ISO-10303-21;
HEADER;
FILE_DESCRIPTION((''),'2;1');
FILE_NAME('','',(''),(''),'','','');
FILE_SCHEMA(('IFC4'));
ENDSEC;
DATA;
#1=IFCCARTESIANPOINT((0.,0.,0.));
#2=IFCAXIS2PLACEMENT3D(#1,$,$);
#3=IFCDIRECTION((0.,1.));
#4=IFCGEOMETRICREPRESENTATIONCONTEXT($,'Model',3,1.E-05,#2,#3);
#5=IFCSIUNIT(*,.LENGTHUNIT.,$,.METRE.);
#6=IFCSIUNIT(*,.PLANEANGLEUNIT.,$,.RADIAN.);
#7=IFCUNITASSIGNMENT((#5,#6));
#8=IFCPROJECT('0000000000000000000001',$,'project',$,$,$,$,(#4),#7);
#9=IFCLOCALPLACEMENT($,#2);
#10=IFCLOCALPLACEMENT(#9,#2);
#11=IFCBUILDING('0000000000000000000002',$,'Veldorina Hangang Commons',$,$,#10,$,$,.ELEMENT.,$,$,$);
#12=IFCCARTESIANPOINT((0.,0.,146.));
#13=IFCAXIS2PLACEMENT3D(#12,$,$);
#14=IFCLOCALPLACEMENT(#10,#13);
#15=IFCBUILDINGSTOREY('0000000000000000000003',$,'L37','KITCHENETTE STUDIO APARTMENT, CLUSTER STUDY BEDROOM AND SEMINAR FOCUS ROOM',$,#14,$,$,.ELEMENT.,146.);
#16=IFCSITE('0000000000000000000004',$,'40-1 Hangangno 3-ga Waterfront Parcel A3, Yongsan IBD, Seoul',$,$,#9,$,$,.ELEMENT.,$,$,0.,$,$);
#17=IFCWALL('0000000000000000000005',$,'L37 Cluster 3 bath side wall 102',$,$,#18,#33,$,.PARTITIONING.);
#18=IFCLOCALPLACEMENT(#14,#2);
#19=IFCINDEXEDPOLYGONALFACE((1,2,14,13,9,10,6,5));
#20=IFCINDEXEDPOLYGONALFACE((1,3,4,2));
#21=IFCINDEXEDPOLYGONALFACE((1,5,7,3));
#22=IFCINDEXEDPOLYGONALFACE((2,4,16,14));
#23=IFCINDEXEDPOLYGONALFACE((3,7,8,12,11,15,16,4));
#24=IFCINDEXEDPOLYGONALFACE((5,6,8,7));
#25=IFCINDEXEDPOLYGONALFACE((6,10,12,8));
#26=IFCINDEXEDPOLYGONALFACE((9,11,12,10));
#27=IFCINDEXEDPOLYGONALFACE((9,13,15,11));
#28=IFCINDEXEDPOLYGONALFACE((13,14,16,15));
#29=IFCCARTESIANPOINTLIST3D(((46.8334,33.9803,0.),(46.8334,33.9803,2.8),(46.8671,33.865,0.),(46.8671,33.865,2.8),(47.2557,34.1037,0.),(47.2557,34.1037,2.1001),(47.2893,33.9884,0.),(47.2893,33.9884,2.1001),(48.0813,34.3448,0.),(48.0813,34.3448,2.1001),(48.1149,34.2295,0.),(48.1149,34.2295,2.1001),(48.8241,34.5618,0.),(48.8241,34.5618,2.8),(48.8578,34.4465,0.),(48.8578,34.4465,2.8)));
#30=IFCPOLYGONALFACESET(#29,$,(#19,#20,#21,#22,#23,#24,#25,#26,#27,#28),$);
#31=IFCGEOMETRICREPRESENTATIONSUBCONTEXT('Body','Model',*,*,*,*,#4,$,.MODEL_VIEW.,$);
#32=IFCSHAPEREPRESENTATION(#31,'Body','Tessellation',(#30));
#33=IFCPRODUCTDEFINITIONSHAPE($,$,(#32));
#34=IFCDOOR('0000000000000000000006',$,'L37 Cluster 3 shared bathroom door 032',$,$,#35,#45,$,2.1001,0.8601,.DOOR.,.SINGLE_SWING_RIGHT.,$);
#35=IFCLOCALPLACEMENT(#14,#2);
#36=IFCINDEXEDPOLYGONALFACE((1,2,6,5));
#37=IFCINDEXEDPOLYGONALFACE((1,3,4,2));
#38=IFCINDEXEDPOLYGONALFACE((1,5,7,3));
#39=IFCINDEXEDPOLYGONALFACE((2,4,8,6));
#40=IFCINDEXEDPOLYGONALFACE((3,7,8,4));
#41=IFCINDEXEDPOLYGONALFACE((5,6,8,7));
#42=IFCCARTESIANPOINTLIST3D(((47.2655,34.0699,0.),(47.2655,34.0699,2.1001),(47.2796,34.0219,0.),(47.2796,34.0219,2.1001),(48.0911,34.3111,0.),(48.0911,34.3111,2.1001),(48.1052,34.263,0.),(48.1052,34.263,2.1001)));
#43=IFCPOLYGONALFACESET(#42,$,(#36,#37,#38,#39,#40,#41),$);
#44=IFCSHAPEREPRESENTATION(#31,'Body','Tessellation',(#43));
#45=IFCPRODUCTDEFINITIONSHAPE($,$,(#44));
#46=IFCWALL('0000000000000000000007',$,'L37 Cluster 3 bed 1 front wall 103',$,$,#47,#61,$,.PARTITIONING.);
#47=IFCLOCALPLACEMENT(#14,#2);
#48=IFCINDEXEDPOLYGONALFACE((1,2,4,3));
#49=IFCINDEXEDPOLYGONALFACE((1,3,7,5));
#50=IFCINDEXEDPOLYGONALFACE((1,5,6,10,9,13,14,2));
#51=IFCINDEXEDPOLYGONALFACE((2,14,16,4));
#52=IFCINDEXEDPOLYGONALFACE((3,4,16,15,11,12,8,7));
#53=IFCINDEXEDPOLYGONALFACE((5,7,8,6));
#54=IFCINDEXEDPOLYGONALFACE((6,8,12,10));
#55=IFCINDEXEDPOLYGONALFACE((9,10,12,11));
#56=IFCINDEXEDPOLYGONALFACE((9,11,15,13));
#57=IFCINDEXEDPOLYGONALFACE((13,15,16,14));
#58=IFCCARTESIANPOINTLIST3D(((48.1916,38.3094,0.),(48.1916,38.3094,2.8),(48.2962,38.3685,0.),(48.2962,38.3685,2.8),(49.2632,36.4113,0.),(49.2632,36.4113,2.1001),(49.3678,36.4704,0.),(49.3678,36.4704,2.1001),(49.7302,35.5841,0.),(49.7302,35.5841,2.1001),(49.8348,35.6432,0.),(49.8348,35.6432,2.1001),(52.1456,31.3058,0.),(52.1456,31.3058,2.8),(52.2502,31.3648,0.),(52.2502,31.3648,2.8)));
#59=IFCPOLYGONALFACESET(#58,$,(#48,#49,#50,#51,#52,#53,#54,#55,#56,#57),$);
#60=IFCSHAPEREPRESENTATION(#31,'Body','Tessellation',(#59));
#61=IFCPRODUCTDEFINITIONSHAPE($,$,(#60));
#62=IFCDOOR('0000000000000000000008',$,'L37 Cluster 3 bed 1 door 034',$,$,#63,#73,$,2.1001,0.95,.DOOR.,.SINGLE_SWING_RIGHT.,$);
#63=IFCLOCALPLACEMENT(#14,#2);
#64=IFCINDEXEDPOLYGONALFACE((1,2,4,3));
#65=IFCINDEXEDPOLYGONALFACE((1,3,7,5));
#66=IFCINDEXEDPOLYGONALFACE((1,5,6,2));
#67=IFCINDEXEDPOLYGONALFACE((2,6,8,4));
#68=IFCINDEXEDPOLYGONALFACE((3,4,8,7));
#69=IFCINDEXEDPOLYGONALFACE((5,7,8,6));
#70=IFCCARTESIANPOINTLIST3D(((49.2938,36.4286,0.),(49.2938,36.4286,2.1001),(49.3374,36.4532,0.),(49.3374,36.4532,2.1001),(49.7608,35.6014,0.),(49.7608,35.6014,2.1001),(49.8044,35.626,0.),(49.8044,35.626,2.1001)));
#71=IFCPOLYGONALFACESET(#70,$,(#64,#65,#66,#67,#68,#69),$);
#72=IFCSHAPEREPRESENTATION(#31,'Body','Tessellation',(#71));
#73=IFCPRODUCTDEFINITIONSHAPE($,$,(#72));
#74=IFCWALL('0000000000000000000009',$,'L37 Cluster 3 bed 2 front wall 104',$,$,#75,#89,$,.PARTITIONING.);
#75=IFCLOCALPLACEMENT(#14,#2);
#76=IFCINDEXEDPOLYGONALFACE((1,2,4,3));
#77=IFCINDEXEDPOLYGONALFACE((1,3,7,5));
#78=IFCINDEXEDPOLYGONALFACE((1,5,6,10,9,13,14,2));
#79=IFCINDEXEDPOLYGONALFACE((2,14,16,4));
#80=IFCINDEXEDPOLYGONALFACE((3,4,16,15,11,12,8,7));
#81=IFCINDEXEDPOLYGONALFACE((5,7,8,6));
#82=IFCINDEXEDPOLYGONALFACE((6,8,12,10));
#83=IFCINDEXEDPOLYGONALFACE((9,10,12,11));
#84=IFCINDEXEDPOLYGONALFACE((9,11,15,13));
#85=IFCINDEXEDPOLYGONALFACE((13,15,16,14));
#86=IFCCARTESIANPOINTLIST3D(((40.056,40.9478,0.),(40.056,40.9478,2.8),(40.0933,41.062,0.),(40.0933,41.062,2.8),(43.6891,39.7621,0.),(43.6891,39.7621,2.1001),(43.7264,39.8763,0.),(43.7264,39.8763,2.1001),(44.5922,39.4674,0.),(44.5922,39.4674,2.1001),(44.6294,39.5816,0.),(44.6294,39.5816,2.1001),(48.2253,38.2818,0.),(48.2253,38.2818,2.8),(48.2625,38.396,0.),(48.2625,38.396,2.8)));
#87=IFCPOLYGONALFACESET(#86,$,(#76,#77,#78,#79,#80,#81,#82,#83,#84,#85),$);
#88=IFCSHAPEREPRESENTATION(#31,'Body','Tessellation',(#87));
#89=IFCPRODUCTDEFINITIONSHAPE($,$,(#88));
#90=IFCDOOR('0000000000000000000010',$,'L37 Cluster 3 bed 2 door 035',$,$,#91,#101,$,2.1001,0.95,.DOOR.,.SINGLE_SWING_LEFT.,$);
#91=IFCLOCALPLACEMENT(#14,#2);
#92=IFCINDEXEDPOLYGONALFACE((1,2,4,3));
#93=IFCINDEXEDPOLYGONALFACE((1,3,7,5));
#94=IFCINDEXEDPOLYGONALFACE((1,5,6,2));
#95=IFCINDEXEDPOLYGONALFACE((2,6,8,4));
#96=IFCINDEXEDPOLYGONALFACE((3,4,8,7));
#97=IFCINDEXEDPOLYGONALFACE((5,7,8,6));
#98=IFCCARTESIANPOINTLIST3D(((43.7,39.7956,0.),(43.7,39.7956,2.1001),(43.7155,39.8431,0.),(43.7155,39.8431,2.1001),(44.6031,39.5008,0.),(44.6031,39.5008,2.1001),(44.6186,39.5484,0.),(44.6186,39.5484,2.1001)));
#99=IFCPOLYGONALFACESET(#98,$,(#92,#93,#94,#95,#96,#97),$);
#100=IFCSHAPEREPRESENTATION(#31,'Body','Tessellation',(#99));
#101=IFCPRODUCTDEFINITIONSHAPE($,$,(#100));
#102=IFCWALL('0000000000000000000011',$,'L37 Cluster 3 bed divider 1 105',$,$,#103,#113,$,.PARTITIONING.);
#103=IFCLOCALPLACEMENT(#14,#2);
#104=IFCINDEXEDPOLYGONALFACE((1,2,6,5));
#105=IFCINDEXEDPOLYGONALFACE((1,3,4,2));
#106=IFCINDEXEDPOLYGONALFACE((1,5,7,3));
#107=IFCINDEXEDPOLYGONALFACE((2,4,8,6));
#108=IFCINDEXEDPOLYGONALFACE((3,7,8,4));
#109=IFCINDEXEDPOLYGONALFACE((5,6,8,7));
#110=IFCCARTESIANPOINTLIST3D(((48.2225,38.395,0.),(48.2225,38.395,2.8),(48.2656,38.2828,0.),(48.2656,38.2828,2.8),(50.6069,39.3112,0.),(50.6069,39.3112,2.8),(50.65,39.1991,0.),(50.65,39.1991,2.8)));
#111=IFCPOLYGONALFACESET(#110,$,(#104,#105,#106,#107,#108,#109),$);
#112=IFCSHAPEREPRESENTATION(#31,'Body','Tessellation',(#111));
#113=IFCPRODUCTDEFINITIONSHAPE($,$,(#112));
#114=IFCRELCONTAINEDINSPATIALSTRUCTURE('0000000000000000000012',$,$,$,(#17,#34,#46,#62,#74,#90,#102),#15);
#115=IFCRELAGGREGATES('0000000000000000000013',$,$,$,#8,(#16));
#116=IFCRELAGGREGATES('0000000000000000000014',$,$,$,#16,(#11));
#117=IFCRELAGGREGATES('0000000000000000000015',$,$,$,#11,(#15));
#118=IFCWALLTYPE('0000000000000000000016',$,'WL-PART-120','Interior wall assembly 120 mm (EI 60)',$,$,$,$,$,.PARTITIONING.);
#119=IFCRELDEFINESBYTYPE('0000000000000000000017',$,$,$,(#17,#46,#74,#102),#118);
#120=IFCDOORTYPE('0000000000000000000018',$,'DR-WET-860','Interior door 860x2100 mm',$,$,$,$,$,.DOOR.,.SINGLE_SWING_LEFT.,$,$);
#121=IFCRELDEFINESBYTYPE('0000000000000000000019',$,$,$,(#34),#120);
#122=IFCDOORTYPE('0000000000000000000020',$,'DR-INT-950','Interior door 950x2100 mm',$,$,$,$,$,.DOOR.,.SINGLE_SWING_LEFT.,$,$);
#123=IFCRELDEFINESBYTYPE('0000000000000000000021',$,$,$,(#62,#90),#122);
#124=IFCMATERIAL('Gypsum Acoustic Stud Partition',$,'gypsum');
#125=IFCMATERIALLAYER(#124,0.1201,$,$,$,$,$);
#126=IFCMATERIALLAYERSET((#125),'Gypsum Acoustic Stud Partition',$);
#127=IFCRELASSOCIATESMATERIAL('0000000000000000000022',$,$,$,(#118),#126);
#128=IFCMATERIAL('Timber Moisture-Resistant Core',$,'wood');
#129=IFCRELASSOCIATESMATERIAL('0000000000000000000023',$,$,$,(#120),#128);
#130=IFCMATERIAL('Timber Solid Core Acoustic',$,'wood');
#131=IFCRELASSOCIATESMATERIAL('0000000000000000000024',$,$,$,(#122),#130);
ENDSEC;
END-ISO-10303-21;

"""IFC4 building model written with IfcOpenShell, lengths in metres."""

from ifc_helpers import new_model, si_unit, direction, frame, frame_2d, origin, place, context, subcontext, project, spatial, rectangle, extrude, material, layer, layer_set, type_object, element, fill, save


model = new_model("IFC4")

# Units and contexts
model_context = context("Model", 3, precision=1e-05, world=origin(), true_north=direction((0.0, 1.0)))
body_context = subcontext(model_context, "Body", "Model", "MODEL_VIEW")
ifc_project = project(units=[si_unit("LENGTHUNIT", "METRE"), si_unit("PLANEANGLEUNIT", "RADIAN")], contexts=[model_context])

# Site, building, storey
site_placement = place(None, origin())
site = spatial("IfcSite", under=ifc_project, at=site_placement, Name="40-1 Hangangno 3-ga Waterfront Parcel A3, Yongsan IBD, Seoul", CompositionType="ELEMENT", RefElevation=0.0)
building_placement = place(site_placement, origin())
building = spatial("IfcBuilding", under=site, at=building_placement, Name="Veldorina Hangang Commons", CompositionType="ELEMENT")
storey_placement = place(building_placement, frame((0.0, 0.0, 146.0)))
storey = spatial("IfcBuildingStorey", under=building, at=storey_placement, Name="L37", Description="KITCHENETTE STUDIO APARTMENT, CLUSTER STUDY BEDROOM AND SEMINAR FOCUS ROOM", CompositionType="ELEMENT", Elevation=146.0)

# Shared definitions
ifc_material_1 = material(Name="Gypsum Acoustic Stud Partition", Category="gypsum")
ifc_layer_1 = layer(ifc_material_1, 0.1201)
ifc_layer_set_1 = layer_set([ifc_layer_1], Name="Gypsum Acoustic Stud Partition")
wall_type_1 = type_object("IfcWallType", Name="WL-PART-120", Description="Interior wall assembly 120 mm (EI 60)", PredefinedType="PARTITIONING", material=ifc_layer_set_1)

# Walls, openings, doors
wall_1_placement = place(storey_placement, frame((46.8501, 33.9226, 0.0), z_axis=(0.0, 0.0, 1.0), x_axis=(0.959881, 0.280407, 0.0)))
wall_1 = element("IfcWall", 1, at=wall_1_placement, inside=storey, type_object=wall_type_1, Name="L37 Cluster 3 bath side wall 102", PredefinedType="PARTITIONING", context=body_context, shape_type="SweptSolid", body=[
    extrude(rectangle(XDim=2.074, YDim=0.1201, at=frame_2d((1.0371, 0.0))), origin(), (0.0, 0.0, 1.0), 2.8),
])
opening_1_placement = place(wall_1_placement, frame((0.4399, 0.0, 0.0)))
opening_1 = element("IfcOpeningElement", 2, at=opening_1_placement, cuts=wall_1, PredefinedType="OPENING", context=body_context, shape_type="SweptSolid", body=[
    extrude(rectangle(XDim=0.8601, YDim=2.1001, at=frame_2d((0.4302, 1.05))), frame((0.0, 0.0701, 0.0), z_axis=(0.0, -1.0, 0.0), x_axis=(1.0, 0.0, 0.0)), (0.0, 0.0, 1.0), 0.1401),
])
ifc_material_2 = material(Name="Timber Moisture-Resistant Core", Category="wood")
door_type_1 = type_object("IfcDoorType", Name="DR-WET-860", Description="Interior door 860x2100 mm", OperationType="SINGLE_SWING_LEFT", PredefinedType="DOOR", material=ifc_material_2)
door_1_placement = place(opening_1_placement, origin())
door_1 = element("IfcDoor", 3, at=door_1_placement, inside=storey, type_object=door_type_1, Name="L37 Cluster 3 shared bathroom door 032", OperationType="SINGLE_SWING_RIGHT", OverallHeight=2.1001, OverallWidth=0.8601, PredefinedType="DOOR", context=body_context, shape_type="SweptSolid", body=[
    extrude(rectangle(XDim=0.8601, YDim=2.1001, at=frame_2d((0.4302, 1.05))), frame((0.0, 0.0249, 0.0), z_axis=(0.0, -1.0, 0.0), x_axis=(1.0, 0.0, 0.0)), (0.0, 0.0, 1.0), 0.05),
])
fill(opening_1, door_1)
wall_2_placement = place(storey_placement, frame((52.198, 31.3352, 0.0), z_axis=(0.0, 0.0, 1.0), x_axis=(-0.491634, 0.870802, 0.0)))
wall_2 = element("IfcWall", 4, at=wall_2_placement, inside=storey, type_object=wall_type_1, Name="L37 Cluster 3 bed 1 front wall 103", PredefinedType="PARTITIONING", context=body_context, shape_type="SweptSolid", body=[
    extrude(rectangle(XDim=8.0427, YDim=0.1201, at=frame_2d((4.0215, 0.0))), origin(), (0.0, 0.0, 1.0), 2.8),
])
opening_2_placement = place(wall_2_placement, frame((4.9131, 0.0, 0.0)))
opening_2 = element("IfcOpeningElement", 5, at=opening_2_placement, cuts=wall_2, PredefinedType="OPENING", context=body_context, shape_type="SweptSolid", body=[
    extrude(rectangle(XDim=0.95, YDim=2.1001, at=frame_2d((0.4751, 1.05))), frame((0.0, 0.0701, 0.0), z_axis=(0.0, -1.0, 0.0), x_axis=(1.0, 0.0, 0.0)), (0.0, 0.0, 1.0), 0.1401),
])
ifc_material_3 = material(Name="Timber Solid Core Acoustic", Category="wood")
door_type_2 = type_object("IfcDoorType", Name="DR-INT-950", Description="Interior door 950x2100 mm", OperationType="SINGLE_SWING_LEFT", PredefinedType="DOOR", material=ifc_material_3)
door_2_placement = place(opening_2_placement, origin())
door_2 = element("IfcDoor", 6, at=door_2_placement, inside=storey, type_object=door_type_2, Name="L37 Cluster 3 bed 1 door 034", OperationType="SINGLE_SWING_RIGHT", OverallHeight=2.1001, OverallWidth=0.95, PredefinedType="DOOR", context=body_context, shape_type="SweptSolid", body=[
    extrude(rectangle(XDim=0.95, YDim=2.1001, at=frame_2d((0.4751, 1.05))), frame((0.0, 0.0249, 0.0), z_axis=(0.0, -1.0, 0.0), x_axis=(1.0, 0.0, 0.0)), (0.0, 0.0, 1.0), 0.05),
])
fill(opening_2, door_2)
wall_3_placement = place(storey_placement, frame((48.2439, 38.3389, 0.0), z_axis=(0.0, 0.0, 1.0), x_axis=(-0.950656, 0.310247, 0.0)))
wall_3 = element("IfcWall", 7, at=wall_3_placement, inside=storey, type_object=wall_type_1, Name="L37 Cluster 3 bed 2 front wall 104", PredefinedType="PARTITIONING", context=body_context, shape_type="SweptSolid", body=[
    extrude(rectangle(XDim=8.5933, YDim=0.1201, at=frame_2d((4.2966, 0.0))), origin(), (0.0, 0.0, 1.0), 2.8),
])
opening_3_placement = place(wall_3_placement, frame((3.8215, 0.0, 0.0)))
opening_3 = element("IfcOpeningElement", 8, at=opening_3_placement, cuts=wall_3, PredefinedType="OPENING", context=body_context, shape_type="SweptSolid", body=[
    extrude(rectangle(XDim=0.95, YDim=2.1001, at=frame_2d((0.4751, 1.05))), frame((0.0, 0.0701, 0.0), z_axis=(0.0, -1.0, 0.0), x_axis=(1.0, 0.0, 0.0)), (0.0, 0.0, 1.0), 0.1401),
])
door_3_placement = place(opening_3_placement, origin())
door_3 = element("IfcDoor", 9, at=door_3_placement, inside=storey, type_object=door_type_2, Name="L37 Cluster 3 bed 2 door 035", OperationType="SINGLE_SWING_LEFT", OverallHeight=2.1001, OverallWidth=0.95, PredefinedType="DOOR", context=body_context, shape_type="SweptSolid", body=[
    extrude(rectangle(XDim=0.95, YDim=2.1001, at=frame_2d((0.4751, 1.05))), frame((0.0, 0.0249, 0.0), z_axis=(0.0, -1.0, 0.0), x_axis=(1.0, 0.0, 0.0)), (0.0, 0.0, 1.0), 0.05),
])
fill(opening_3, door_3)

# Wall
wall_4_placement = place(storey_placement, frame((48.2439, 38.3389, 0.0), z_axis=(0.0, 0.0, 1.0), x_axis=(0.933459, 0.358684, 0.0)))
element("IfcWall", 10, at=wall_4_placement, inside=storey, type_object=wall_type_1, Name="L37 Cluster 3 bed divider 1 105", PredefinedType="PARTITIONING", context=body_context, shape_type="SweptSolid", body=[
    extrude(rectangle(XDim=2.5544, YDim=0.1201, at=frame_2d((1.2773, 0.0))), origin(), (0.0, 0.0, 1.0), 2.8),
])

save(model, "model.ifc")
